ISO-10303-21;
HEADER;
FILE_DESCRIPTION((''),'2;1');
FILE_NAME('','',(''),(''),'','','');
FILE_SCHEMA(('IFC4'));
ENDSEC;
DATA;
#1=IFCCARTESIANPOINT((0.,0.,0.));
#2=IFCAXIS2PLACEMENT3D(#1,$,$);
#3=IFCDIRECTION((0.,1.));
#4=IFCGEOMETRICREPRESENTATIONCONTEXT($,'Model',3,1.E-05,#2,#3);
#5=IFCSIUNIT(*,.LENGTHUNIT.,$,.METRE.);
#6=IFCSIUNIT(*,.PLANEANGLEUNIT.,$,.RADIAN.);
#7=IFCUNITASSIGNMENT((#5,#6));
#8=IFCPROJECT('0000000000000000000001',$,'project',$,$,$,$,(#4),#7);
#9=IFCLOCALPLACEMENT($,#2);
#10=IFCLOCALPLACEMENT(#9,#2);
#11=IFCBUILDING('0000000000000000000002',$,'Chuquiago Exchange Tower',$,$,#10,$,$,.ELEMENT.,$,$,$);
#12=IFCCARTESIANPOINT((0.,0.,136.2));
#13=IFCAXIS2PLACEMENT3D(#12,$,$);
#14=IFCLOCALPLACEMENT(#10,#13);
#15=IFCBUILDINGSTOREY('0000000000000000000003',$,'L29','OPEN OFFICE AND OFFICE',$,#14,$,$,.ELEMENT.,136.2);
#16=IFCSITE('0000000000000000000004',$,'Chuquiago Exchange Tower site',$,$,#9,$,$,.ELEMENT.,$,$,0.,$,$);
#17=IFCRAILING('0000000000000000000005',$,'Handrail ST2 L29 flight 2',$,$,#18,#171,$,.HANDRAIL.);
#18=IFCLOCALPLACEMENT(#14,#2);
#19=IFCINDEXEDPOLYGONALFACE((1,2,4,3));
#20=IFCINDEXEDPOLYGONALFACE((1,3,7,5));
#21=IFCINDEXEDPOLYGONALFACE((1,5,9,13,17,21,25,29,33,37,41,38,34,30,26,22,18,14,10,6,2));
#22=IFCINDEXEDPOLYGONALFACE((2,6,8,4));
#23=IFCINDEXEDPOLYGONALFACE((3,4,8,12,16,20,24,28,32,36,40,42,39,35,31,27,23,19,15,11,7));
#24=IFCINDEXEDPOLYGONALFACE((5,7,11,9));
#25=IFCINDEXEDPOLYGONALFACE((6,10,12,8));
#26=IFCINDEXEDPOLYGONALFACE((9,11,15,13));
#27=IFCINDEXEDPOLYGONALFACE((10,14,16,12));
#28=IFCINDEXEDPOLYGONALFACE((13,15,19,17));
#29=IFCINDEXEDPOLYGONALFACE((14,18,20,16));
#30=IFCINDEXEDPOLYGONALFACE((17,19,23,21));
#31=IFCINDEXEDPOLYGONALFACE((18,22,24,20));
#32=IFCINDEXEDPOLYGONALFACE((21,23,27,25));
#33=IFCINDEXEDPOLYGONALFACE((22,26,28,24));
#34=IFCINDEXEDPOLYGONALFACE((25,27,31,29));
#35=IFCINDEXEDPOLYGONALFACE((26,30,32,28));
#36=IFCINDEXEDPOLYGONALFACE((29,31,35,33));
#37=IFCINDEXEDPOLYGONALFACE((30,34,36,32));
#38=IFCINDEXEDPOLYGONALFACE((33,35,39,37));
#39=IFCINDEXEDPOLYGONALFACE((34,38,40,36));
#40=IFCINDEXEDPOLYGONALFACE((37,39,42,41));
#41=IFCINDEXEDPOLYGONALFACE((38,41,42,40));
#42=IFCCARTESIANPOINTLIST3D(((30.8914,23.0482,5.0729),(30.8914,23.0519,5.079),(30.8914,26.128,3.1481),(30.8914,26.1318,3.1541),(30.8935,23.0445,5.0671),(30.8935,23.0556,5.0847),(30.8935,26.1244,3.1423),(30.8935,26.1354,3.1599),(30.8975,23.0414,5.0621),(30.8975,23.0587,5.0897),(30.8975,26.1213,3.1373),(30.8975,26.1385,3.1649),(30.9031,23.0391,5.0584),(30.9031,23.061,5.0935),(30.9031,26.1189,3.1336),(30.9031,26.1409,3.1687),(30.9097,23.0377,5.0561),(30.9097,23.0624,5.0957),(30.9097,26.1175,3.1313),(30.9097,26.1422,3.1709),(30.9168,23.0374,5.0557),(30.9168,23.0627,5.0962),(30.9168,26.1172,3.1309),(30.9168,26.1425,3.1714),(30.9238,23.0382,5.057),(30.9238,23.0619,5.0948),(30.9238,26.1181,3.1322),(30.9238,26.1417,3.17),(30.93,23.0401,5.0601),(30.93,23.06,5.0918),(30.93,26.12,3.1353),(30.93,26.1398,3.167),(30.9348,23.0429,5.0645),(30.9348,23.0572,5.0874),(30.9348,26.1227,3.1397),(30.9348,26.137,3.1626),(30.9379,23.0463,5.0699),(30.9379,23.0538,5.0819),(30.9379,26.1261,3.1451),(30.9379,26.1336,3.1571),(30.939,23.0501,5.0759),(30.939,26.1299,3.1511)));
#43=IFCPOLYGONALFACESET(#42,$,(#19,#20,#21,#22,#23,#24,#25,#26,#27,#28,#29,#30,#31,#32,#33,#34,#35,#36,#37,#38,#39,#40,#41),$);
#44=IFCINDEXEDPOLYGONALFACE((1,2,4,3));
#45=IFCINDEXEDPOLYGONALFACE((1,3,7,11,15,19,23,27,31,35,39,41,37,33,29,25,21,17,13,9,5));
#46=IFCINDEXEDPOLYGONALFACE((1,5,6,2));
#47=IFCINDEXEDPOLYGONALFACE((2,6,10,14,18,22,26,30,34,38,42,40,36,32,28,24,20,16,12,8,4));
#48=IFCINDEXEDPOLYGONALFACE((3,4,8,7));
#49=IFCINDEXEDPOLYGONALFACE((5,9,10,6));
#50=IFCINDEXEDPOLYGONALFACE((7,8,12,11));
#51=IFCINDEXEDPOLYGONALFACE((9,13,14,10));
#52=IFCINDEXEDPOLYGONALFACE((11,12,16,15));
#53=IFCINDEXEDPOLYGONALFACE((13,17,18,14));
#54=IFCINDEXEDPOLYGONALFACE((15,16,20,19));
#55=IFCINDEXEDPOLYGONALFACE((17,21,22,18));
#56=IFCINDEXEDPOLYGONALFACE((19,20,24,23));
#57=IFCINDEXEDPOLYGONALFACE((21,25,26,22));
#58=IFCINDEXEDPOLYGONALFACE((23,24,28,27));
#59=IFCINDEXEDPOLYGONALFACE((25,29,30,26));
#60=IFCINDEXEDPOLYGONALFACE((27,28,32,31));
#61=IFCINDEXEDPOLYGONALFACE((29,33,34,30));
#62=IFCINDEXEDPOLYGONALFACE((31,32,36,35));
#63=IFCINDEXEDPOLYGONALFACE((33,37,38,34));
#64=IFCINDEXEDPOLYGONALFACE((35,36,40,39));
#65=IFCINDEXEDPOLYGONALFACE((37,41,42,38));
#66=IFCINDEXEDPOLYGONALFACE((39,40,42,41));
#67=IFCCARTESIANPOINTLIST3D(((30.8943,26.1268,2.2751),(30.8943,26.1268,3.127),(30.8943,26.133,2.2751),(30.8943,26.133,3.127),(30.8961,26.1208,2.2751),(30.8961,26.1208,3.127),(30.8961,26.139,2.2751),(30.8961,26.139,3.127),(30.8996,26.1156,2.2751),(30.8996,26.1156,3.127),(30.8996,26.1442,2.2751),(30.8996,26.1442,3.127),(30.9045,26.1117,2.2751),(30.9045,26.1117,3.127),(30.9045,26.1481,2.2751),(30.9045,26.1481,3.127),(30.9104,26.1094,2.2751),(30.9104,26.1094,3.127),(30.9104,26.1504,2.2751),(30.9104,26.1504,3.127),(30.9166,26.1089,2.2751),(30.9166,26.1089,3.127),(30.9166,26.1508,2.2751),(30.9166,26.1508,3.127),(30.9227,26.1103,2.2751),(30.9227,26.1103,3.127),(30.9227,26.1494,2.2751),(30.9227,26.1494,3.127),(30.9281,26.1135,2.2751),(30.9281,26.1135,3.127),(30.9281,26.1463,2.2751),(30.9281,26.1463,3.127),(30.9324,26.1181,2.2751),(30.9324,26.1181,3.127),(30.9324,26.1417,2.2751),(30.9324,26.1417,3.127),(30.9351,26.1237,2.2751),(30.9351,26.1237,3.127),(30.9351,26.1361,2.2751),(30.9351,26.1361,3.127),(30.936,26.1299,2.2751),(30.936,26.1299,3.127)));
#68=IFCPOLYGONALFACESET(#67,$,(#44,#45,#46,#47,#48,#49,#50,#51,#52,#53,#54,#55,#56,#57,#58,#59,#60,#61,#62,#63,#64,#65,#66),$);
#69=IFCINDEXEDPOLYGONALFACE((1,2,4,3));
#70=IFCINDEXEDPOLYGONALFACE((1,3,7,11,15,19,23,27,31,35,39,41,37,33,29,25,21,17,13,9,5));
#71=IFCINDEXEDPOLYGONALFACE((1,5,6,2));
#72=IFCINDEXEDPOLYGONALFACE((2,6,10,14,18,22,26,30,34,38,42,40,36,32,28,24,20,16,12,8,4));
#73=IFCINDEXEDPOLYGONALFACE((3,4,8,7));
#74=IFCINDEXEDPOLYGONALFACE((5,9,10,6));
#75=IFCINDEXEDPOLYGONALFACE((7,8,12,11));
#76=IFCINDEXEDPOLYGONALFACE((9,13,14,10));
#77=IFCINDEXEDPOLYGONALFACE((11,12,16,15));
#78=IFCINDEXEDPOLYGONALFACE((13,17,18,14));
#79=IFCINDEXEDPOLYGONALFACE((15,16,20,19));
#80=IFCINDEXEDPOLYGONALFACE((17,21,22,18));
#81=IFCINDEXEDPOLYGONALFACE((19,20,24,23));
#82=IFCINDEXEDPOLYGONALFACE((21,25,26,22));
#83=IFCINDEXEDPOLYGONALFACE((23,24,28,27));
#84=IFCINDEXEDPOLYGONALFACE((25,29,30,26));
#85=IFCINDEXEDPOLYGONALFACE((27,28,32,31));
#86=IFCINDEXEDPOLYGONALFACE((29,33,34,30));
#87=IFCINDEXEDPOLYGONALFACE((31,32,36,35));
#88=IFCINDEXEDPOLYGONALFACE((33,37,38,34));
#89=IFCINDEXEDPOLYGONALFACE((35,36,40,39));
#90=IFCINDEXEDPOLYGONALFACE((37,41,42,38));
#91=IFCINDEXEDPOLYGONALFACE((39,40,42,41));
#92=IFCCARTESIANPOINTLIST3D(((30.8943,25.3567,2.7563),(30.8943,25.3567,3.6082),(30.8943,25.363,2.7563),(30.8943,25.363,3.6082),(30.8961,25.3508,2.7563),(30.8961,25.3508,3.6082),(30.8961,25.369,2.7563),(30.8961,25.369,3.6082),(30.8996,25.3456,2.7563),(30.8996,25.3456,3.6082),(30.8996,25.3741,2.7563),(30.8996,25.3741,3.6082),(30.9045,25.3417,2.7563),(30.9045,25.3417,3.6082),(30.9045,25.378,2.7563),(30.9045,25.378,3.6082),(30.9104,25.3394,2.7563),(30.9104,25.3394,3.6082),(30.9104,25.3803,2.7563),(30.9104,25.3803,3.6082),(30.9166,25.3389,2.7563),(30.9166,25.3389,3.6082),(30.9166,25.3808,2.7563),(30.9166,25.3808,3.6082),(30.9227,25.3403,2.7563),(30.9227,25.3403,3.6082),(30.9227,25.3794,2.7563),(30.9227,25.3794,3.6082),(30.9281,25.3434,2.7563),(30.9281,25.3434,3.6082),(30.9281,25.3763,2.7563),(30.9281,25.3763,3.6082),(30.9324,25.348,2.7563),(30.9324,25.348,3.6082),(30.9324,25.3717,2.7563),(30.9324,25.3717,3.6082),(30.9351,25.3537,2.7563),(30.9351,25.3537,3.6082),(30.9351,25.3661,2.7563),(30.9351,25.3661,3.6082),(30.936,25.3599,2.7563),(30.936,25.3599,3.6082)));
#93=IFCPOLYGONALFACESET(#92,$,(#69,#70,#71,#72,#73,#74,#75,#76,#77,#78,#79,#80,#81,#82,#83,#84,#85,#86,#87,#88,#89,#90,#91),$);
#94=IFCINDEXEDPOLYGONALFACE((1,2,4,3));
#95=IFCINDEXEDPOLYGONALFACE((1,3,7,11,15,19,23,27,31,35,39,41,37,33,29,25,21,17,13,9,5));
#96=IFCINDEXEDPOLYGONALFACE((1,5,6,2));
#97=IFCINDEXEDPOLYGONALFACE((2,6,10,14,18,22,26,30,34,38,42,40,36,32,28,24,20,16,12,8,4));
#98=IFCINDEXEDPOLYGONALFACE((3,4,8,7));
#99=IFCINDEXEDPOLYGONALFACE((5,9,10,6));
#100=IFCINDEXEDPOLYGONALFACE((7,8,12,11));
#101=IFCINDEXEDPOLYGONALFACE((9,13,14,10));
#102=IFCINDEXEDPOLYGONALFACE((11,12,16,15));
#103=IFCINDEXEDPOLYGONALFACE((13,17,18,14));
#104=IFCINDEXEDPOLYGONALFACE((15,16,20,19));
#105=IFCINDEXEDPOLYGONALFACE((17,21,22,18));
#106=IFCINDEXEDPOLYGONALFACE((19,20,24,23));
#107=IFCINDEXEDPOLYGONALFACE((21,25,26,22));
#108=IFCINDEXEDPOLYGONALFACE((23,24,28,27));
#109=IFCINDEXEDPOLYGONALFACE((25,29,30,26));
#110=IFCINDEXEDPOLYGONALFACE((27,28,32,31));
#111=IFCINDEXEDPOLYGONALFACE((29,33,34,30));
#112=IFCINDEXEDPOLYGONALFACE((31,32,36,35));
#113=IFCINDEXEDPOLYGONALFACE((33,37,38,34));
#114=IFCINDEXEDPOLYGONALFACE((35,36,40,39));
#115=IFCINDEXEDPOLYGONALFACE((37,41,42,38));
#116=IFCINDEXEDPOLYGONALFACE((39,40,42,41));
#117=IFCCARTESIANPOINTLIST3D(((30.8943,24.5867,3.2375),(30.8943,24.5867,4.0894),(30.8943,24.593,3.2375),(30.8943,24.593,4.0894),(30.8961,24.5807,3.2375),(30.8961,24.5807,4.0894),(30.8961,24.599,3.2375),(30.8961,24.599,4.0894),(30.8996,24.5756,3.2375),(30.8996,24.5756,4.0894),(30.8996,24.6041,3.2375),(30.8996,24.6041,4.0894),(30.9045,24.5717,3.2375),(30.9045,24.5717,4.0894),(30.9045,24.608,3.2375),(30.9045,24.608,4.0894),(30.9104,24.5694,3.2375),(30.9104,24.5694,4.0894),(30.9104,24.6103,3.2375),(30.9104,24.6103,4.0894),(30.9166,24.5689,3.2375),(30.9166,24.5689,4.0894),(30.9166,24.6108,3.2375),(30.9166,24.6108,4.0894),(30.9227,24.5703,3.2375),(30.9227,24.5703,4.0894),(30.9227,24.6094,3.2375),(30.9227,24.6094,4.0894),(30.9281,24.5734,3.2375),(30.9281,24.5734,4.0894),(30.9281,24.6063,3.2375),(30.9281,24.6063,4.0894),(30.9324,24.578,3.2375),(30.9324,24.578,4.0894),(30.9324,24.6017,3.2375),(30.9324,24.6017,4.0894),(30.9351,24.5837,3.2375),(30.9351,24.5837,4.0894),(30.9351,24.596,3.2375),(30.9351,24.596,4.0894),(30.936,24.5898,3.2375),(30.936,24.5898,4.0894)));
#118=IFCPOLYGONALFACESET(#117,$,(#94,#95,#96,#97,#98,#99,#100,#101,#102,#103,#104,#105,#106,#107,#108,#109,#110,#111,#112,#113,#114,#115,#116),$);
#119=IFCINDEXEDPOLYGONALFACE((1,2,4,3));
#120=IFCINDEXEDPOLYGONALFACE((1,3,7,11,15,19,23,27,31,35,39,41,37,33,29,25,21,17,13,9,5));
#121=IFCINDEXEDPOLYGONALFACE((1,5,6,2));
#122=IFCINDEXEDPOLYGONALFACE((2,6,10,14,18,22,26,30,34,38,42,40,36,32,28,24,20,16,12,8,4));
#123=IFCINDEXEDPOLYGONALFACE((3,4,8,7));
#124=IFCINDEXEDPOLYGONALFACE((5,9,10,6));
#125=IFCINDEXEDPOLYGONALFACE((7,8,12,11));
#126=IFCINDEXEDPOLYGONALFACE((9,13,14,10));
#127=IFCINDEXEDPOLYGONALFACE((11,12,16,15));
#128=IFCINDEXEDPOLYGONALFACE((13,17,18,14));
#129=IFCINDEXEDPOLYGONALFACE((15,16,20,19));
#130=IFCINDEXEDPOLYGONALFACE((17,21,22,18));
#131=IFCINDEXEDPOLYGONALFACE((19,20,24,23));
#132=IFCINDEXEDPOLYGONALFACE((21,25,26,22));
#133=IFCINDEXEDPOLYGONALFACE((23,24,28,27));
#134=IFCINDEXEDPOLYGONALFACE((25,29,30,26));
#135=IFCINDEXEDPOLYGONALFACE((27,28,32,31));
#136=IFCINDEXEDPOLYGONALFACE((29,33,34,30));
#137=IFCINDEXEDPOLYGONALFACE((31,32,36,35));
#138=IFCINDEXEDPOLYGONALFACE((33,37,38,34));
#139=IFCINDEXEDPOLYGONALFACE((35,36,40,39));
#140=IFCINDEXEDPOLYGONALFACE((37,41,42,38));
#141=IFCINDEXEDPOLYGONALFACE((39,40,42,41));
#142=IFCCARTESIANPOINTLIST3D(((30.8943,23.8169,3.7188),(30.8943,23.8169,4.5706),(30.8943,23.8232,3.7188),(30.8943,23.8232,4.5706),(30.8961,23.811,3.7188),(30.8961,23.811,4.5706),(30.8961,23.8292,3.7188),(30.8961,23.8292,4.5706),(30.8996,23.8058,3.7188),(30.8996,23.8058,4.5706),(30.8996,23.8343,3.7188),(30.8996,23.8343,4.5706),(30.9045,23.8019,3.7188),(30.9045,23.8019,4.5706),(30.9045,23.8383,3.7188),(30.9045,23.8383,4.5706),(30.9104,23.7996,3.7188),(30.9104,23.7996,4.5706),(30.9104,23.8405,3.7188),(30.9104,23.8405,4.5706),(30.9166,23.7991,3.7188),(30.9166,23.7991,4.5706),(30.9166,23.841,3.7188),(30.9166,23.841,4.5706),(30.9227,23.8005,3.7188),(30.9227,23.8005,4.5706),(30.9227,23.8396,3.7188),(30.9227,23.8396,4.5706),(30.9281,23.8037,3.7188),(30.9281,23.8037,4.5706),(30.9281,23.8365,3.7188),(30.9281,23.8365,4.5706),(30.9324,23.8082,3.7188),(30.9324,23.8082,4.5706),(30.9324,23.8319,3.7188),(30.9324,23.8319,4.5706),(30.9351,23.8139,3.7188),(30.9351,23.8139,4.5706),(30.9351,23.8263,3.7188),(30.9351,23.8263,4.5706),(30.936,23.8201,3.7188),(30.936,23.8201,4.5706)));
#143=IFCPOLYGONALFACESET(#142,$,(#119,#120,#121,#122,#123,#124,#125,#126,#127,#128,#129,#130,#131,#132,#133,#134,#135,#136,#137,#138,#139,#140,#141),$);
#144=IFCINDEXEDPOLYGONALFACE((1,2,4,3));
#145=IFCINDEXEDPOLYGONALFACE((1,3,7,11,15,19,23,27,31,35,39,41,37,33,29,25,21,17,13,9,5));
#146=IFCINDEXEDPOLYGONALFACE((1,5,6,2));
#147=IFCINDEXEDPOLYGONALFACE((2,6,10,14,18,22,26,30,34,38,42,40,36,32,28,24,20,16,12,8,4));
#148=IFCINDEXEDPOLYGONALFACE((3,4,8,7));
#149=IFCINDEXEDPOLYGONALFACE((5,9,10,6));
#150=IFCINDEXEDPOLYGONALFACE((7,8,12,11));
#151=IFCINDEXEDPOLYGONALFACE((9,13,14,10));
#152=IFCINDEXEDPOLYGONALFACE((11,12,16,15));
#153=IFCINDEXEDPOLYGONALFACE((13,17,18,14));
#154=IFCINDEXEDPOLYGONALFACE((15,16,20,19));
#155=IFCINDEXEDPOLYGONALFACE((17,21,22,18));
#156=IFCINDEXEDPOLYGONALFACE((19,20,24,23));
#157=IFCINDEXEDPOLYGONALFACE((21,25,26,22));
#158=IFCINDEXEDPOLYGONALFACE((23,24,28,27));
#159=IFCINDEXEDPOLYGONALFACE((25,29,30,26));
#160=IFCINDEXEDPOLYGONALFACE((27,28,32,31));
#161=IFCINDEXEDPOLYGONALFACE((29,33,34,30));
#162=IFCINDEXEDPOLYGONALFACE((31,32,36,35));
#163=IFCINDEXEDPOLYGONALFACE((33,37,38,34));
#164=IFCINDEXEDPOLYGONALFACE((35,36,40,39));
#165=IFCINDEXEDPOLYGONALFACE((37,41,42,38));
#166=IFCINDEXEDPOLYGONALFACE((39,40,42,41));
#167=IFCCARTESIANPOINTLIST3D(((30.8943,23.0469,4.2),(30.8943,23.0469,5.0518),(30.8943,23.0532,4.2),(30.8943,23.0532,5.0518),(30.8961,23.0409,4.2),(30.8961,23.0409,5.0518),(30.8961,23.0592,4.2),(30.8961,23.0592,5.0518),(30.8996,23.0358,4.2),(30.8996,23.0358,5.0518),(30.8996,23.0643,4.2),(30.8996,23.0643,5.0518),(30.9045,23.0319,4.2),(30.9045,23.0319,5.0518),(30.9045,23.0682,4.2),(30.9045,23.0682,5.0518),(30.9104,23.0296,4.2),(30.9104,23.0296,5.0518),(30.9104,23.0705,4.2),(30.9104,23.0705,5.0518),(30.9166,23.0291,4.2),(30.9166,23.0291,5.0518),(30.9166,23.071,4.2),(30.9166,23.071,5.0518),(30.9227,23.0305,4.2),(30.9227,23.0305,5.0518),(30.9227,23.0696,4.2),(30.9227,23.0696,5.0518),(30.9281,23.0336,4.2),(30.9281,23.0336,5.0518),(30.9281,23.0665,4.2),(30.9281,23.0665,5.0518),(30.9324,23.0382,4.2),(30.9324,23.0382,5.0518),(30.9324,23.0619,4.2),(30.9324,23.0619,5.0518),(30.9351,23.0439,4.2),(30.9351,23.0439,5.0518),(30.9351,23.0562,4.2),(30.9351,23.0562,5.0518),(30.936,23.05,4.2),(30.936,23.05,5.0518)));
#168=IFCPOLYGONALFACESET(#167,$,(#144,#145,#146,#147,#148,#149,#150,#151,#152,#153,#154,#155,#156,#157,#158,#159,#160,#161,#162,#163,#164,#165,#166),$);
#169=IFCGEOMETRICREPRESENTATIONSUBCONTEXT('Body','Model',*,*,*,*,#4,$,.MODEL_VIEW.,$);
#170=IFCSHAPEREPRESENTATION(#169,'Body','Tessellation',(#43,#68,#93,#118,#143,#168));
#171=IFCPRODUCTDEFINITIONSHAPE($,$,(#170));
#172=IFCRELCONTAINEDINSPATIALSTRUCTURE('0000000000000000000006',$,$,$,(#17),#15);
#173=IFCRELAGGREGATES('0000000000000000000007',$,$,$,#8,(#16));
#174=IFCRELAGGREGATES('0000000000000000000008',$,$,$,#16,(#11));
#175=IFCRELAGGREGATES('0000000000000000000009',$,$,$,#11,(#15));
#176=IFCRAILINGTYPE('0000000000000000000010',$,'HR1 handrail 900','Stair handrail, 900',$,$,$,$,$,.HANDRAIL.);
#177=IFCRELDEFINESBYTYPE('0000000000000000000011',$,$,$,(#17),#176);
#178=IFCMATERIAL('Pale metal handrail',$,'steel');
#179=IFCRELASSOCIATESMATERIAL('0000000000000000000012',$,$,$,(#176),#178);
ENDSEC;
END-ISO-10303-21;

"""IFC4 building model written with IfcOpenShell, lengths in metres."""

from ifc_helpers import new_model, si_unit, direction, frame, origin, origin_2d, place, context, subcontext, project, spatial, circle, extrude, material, type_object, element, save


model = new_model("IFC4")

# Units and contexts
model_context = context("Model", 3, precision=1e-05, world=origin(), true_north=direction((0.0, 1.0)))
body_context = subcontext(model_context, "Body", "Model", "MODEL_VIEW")
ifc_project = project(units=[si_unit("LENGTHUNIT", "METRE"), si_unit("PLANEANGLEUNIT", "RADIAN")], contexts=[model_context])

# Site, building, storey
site_placement = place(None, origin())
site = spatial("IfcSite", under=ifc_project, at=site_placement, Name="Chuquiago Exchange Tower site", CompositionType="ELEMENT", RefElevation=0.0)
building_placement = place(site_placement, origin())
building = spatial("IfcBuilding", under=site, at=building_placement, Name="Chuquiago Exchange Tower", CompositionType="ELEMENT")
storey_placement = place(building_placement, frame((0.0, 0.0, 136.2)))
storey = spatial("IfcBuildingStorey", under=building, at=storey_placement, Name="L29", Description="OPEN OFFICE AND OFFICE", CompositionType="ELEMENT", Elevation=136.2)

# Railing
ifc_material_1 = material(Name="Pale metal handrail", Category="steel")
railing_type_1 = type_object("IfcRailingType", Name="HR1 handrail 900", Description="Stair handrail, 900", PredefinedType="HANDRAIL", material=ifc_material_1)
for number, where, name in (
    (1, (30.915, 26.1299, 2.2751), "Handrail ST2 L29 flight 2"),
):
    element("IfcRailing", number, at=place(storey_placement, frame(where)), inside=storey, type_object=railing_type_1, Name=name, PredefinedType="HANDRAIL", context=body_context, shape_type="SweptSolid", body=[
        extrude(circle(Radius=0.0239, at=origin_2d()), frame((0.0, 0.0, 0.876), z_axis=(0.0, -0.84801, 0.529981), x_axis=(1.0, 0.0, 0.0)), (0.0, 0.0, 1.0), 3.6318),
        extrude(circle(Radius=0.021, at=origin_2d()), origin(), (0.0, 0.0, 1.0), 0.8518),
        extrude(circle(Radius=0.021, at=origin_2d()), frame((0.0, -0.77, 0.4812)), (0.0, 0.0, 1.0), 0.8518),
        extrude(circle(Radius=0.021, at=origin_2d()), frame((0.0, -1.54, 0.9624)), (0.0, 0.0, 1.0), 0.8518),
        extrude(circle(Radius=0.021, at=origin_2d()), frame((0.0, -2.3098, 1.4436)), (0.0, 0.0, 1.0), 0.8518),
        extrude(circle(Radius=0.021, at=origin_2d()), frame((0.0, -3.0798, 1.9248)), (0.0, 0.0, 1.0), 0.8518),
    ])

save(model, "model.ifc")
